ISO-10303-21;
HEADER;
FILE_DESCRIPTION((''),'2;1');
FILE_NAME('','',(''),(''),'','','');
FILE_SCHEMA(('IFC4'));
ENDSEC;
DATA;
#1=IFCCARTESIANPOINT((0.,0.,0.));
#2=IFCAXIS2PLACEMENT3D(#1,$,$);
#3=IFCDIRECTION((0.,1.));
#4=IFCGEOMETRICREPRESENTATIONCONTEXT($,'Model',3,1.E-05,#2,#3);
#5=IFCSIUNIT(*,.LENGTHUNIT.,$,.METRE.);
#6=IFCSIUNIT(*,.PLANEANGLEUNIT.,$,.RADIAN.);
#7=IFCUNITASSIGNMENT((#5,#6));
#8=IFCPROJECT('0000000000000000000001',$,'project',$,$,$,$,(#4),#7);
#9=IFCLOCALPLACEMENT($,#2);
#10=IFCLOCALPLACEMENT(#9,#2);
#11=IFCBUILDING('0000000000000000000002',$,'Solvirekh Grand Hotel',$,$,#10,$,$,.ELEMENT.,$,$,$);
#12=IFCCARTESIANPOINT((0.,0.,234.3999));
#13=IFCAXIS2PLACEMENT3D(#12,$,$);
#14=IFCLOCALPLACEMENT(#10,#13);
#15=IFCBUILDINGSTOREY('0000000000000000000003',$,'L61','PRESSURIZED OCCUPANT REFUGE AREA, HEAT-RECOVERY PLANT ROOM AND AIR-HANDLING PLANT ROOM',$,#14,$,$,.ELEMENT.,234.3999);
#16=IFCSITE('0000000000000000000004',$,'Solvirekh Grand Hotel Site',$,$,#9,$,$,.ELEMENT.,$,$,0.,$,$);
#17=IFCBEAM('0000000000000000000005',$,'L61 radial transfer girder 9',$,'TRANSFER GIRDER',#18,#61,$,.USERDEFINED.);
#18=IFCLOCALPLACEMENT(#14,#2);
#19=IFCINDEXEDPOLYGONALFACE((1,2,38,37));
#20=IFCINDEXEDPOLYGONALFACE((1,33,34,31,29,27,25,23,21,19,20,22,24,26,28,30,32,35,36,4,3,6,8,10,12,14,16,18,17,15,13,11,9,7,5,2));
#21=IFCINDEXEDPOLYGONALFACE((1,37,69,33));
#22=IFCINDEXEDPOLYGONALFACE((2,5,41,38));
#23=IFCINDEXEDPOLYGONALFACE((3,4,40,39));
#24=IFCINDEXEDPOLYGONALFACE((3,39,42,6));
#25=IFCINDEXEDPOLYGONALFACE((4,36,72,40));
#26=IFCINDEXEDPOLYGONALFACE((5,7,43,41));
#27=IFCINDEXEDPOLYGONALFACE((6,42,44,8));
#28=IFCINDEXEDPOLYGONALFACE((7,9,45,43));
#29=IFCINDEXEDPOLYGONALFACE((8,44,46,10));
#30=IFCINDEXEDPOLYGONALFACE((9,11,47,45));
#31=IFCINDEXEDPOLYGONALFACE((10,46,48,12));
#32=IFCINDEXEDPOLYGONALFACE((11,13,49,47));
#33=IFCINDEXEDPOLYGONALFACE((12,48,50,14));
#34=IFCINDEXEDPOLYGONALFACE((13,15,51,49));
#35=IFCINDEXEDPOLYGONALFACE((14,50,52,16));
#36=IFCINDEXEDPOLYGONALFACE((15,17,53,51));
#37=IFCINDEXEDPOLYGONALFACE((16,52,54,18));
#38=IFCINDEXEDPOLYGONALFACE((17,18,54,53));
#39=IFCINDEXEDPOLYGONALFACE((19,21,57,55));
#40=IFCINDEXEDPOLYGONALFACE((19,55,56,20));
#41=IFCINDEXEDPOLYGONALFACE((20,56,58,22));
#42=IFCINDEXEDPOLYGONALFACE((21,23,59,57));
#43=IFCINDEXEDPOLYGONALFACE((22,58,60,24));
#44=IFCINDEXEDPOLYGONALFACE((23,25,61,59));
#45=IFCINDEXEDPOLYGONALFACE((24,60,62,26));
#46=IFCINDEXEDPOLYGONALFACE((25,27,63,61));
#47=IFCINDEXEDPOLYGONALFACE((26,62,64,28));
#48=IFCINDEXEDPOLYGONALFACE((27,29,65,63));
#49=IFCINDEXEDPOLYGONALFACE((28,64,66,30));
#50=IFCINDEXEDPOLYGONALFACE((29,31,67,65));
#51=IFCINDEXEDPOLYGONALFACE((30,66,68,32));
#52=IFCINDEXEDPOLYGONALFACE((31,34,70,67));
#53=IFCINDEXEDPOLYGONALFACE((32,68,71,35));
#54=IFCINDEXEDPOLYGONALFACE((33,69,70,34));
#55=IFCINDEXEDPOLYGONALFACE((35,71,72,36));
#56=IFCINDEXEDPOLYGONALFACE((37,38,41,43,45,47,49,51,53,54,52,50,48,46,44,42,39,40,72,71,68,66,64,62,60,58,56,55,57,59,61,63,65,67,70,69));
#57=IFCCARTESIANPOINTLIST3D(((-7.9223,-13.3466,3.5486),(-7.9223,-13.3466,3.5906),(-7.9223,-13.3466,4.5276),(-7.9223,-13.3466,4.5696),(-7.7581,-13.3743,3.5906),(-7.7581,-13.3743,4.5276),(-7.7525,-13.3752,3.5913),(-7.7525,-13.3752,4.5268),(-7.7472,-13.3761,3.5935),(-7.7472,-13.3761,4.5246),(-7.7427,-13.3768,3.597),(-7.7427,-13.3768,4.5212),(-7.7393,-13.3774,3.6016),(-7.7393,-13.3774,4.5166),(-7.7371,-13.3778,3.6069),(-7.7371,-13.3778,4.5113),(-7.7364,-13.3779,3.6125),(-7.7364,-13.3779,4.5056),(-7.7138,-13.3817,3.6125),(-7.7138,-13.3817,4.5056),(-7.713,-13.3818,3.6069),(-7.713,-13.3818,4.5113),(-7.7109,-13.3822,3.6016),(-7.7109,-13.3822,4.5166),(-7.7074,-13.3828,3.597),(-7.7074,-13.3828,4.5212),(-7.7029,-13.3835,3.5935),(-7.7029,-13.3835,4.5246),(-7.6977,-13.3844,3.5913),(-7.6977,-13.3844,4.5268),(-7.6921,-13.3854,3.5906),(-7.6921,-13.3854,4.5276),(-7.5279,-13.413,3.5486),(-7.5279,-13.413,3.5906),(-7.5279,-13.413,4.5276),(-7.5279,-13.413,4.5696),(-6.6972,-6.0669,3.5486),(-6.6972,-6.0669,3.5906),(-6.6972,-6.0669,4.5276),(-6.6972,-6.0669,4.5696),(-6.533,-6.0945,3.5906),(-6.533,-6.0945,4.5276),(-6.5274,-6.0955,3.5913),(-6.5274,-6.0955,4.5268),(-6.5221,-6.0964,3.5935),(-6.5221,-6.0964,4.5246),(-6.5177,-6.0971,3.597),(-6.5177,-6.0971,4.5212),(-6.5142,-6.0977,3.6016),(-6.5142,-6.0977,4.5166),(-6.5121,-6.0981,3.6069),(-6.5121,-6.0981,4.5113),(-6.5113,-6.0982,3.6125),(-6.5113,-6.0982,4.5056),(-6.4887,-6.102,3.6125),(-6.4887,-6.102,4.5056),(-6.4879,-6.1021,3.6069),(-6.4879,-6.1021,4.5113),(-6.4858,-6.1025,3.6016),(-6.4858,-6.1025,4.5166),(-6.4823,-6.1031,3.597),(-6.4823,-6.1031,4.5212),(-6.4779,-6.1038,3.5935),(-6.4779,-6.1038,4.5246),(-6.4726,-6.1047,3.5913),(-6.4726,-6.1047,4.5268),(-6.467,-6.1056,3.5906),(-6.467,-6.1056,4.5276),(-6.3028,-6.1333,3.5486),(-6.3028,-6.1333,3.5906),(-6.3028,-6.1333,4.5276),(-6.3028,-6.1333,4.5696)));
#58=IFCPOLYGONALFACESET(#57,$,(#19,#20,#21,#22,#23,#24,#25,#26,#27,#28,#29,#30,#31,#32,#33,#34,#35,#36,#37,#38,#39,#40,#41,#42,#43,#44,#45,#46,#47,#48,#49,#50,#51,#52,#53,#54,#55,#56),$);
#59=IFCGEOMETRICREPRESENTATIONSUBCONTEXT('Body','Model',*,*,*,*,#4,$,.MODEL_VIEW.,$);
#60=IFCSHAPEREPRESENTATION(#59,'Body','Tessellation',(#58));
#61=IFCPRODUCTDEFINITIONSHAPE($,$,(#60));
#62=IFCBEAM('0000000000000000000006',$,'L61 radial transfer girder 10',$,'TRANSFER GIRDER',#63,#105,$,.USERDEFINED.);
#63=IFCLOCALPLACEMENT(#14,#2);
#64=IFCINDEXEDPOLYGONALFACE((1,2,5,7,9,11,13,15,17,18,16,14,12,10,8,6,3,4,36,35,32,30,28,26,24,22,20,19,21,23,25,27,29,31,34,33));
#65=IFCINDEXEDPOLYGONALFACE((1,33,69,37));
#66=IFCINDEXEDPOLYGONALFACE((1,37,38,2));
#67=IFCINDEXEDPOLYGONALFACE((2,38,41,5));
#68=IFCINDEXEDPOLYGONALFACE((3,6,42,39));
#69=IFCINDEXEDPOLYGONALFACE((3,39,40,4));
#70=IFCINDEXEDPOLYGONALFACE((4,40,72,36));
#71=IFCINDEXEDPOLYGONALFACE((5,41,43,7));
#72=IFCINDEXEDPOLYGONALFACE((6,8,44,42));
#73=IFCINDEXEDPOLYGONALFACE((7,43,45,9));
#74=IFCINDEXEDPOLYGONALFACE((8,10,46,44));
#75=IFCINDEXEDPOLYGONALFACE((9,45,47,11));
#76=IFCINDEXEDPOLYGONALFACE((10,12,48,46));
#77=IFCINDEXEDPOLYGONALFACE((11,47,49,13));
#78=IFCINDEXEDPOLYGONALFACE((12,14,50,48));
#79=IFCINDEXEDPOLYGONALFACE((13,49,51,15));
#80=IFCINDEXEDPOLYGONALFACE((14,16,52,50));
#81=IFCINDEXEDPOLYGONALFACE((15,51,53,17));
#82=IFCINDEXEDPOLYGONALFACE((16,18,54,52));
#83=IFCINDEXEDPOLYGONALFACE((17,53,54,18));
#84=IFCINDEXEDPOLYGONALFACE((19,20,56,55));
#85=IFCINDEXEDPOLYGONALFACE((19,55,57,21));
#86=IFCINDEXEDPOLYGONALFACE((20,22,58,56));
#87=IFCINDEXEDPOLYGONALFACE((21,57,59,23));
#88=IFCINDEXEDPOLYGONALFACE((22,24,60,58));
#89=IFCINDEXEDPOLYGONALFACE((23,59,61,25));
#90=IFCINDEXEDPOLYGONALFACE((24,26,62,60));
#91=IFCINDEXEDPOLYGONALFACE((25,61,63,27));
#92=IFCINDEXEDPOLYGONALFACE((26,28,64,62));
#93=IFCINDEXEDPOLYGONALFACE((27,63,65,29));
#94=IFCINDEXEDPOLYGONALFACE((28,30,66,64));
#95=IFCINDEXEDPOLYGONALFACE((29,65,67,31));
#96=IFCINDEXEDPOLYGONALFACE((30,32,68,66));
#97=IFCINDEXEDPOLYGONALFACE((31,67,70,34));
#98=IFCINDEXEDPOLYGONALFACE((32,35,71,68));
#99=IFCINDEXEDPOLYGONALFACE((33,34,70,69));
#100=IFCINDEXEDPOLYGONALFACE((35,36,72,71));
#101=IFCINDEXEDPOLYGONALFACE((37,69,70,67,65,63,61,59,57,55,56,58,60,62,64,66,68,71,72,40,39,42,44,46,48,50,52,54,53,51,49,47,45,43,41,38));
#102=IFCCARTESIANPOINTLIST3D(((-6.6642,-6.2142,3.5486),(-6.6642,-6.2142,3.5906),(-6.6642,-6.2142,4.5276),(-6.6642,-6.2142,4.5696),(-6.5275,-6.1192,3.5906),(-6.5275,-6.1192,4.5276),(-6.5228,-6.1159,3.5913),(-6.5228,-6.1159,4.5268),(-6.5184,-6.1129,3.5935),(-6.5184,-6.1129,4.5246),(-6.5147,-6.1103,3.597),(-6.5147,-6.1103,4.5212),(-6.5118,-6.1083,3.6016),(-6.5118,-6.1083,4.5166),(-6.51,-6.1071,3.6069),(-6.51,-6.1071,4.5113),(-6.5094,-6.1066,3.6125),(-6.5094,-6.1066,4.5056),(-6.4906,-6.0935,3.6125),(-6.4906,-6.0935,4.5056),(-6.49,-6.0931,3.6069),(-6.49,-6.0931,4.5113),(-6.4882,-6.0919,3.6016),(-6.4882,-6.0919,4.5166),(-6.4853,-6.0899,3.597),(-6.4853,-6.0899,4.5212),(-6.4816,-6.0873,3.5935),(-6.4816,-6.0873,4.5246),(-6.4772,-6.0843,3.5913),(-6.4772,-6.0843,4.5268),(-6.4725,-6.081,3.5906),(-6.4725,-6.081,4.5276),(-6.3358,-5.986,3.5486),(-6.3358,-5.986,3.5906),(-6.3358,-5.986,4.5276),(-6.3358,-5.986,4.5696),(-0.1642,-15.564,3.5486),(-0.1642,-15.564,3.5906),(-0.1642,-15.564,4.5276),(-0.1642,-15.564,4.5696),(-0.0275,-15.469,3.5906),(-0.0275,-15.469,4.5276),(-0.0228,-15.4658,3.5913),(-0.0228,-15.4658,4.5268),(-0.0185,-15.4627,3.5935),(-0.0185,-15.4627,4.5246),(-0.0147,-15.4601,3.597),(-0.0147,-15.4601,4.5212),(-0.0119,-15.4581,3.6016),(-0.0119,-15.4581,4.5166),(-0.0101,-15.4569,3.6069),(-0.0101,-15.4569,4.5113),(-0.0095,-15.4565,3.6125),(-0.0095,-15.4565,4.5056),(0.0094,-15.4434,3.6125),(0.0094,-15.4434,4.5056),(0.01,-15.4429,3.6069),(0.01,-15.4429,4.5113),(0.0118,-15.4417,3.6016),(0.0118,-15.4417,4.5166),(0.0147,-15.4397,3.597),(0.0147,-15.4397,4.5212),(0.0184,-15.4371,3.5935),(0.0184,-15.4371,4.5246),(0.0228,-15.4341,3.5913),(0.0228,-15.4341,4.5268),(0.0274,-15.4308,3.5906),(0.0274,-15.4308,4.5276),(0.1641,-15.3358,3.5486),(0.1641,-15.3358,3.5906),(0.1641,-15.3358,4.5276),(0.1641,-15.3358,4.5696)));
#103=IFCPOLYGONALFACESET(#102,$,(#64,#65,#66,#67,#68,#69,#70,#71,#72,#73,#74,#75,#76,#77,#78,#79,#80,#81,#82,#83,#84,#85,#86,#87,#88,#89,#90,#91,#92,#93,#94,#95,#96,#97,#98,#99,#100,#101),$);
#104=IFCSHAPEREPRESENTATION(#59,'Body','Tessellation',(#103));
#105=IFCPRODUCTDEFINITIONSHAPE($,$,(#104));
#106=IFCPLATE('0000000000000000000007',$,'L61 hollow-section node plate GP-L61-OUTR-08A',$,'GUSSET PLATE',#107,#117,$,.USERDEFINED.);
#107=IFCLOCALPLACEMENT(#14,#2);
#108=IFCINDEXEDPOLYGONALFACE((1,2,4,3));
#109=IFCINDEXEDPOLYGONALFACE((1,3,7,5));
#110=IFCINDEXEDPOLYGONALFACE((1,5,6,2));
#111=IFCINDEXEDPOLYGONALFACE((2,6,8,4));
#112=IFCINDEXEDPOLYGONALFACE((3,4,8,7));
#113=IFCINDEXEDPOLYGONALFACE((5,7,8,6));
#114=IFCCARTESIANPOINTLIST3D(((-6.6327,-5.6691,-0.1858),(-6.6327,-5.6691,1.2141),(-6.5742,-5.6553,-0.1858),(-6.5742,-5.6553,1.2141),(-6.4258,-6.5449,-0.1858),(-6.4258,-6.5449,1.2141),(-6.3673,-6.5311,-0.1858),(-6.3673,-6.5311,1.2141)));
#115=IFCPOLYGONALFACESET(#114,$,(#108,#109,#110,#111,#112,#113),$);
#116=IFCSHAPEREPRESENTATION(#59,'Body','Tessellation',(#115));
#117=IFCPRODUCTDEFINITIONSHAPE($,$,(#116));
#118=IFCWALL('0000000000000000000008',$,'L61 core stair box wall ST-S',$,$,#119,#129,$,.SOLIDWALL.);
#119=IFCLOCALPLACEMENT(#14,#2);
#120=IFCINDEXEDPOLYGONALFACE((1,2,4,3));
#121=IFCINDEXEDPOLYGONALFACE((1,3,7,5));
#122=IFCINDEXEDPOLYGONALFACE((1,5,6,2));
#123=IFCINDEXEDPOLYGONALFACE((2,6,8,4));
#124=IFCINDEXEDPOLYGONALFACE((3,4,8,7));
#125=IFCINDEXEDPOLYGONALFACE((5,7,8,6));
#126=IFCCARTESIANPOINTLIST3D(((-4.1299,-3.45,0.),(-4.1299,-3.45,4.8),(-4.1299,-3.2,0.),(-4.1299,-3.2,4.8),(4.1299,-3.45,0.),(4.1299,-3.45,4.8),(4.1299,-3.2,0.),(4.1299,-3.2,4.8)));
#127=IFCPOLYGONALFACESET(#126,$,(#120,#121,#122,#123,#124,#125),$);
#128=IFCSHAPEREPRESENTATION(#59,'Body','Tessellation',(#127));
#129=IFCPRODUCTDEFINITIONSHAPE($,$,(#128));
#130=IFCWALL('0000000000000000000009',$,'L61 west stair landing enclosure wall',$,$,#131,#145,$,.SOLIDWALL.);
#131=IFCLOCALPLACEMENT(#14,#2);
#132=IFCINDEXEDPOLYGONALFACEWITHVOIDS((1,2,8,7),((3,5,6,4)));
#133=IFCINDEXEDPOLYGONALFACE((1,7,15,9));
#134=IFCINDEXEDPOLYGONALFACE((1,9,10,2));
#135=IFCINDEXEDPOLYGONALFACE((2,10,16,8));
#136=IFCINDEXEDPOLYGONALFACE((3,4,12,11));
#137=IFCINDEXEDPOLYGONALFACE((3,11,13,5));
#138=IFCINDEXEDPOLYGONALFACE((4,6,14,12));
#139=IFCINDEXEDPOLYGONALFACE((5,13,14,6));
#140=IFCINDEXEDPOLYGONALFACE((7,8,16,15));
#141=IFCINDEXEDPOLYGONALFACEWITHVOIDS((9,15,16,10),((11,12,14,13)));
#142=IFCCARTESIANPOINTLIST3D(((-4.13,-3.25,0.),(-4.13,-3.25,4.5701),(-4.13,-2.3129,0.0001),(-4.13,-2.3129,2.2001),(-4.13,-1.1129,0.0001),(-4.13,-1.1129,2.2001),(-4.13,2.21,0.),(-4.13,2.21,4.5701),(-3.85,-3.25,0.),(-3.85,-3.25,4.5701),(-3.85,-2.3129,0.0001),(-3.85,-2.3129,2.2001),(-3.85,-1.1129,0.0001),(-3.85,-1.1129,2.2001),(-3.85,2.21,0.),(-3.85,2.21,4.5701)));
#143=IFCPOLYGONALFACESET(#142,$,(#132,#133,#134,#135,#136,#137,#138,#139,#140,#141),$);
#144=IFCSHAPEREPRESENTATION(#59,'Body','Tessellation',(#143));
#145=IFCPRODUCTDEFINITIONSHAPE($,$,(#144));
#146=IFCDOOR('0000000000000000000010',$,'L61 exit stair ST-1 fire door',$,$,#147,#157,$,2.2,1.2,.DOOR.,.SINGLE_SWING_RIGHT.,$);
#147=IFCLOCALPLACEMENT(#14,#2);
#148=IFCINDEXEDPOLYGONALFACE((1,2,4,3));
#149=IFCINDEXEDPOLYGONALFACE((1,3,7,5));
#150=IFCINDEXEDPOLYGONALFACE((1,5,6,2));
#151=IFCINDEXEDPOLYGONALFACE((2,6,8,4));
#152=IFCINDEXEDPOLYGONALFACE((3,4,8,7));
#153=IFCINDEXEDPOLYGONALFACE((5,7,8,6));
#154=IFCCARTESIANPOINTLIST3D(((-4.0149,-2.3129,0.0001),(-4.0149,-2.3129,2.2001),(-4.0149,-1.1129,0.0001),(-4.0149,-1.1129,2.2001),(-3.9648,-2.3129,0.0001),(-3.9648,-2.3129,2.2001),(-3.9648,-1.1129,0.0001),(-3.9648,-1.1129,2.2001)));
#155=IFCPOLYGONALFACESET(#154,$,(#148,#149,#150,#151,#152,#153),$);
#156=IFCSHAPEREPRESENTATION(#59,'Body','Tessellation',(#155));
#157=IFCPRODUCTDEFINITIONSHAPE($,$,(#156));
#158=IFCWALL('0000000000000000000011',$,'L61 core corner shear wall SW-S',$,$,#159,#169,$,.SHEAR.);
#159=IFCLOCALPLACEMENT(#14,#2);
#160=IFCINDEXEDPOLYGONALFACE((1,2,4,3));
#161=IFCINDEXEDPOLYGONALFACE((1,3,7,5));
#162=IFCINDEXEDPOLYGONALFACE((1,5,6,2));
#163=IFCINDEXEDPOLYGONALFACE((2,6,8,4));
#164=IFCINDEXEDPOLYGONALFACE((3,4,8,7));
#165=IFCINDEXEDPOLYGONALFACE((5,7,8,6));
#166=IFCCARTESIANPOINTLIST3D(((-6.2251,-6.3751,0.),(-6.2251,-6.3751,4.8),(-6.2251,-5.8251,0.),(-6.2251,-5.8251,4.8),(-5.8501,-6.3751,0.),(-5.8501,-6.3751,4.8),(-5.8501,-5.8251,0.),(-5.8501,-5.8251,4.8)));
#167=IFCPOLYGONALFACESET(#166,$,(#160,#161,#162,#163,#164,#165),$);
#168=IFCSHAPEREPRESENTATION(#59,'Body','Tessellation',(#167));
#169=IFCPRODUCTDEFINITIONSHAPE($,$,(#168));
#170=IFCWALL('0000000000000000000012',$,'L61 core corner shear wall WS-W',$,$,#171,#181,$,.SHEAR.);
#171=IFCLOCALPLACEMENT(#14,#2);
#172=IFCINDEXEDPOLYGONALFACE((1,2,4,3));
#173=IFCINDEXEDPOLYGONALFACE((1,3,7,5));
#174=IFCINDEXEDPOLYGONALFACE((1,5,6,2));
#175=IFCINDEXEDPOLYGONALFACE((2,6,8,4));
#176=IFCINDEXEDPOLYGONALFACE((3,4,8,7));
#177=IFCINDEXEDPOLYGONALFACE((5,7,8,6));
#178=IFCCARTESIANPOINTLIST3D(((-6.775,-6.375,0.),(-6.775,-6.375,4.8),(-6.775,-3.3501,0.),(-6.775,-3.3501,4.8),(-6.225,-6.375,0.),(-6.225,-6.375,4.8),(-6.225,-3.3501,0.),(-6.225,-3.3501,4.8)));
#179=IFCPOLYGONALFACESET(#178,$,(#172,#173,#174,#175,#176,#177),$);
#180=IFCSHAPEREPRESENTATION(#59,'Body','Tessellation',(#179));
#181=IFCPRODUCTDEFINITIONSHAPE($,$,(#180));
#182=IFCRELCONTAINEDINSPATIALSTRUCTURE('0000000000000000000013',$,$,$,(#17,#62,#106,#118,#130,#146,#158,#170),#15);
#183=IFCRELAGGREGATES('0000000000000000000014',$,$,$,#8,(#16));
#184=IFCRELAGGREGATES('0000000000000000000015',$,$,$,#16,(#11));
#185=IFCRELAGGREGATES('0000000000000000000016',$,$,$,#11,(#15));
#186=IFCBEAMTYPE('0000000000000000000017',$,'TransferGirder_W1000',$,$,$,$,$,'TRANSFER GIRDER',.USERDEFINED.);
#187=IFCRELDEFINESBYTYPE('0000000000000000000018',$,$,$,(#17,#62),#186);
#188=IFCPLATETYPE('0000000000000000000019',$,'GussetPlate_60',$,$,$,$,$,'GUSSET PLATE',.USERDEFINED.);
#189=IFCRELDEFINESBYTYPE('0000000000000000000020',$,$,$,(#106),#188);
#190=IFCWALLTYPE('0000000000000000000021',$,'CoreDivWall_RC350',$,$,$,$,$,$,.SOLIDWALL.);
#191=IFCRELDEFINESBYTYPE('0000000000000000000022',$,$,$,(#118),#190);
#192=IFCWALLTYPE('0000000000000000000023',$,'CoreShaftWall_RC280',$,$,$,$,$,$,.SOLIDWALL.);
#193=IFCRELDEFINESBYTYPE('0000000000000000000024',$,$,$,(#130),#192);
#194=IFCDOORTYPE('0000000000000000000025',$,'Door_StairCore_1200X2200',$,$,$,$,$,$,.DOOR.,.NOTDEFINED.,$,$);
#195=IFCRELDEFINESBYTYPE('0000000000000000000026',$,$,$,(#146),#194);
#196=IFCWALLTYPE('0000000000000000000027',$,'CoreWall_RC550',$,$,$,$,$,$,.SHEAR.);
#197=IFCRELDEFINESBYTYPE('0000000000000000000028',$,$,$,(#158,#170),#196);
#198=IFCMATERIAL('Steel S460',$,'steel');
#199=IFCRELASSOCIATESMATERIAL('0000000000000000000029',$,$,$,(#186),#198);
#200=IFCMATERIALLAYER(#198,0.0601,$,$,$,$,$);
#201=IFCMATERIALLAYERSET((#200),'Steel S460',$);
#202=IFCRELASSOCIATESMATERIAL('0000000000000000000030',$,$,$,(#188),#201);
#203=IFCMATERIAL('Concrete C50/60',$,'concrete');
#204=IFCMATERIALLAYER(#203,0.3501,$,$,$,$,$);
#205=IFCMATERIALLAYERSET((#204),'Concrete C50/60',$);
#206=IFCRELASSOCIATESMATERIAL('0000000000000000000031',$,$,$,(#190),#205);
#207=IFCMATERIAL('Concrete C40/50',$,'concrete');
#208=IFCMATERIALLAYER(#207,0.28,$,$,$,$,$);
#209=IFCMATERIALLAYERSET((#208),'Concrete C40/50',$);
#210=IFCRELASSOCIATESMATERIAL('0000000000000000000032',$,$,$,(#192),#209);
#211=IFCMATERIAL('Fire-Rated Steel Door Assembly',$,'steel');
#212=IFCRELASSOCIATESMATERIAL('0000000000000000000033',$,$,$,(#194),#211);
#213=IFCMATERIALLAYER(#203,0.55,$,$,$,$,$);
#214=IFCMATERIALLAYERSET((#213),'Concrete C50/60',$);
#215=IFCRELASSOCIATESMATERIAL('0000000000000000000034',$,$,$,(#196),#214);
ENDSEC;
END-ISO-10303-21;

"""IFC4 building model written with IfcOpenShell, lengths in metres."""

from ifc_helpers import new_model, si_unit, direction, frame, frame_2d, origin, origin_2d, place, context, subcontext, project, spatial, rectangle, i_section, extrude, material, layer, layer_set, material_profile, profile_set, type_object, element, fill, save


model = new_model("IFC4")

# Units and contexts
model_context = context("Model", 3, precision=1e-05, world=origin(), true_north=direction((0.0, 1.0)))
body_context = subcontext(model_context, "Body", "Model", "MODEL_VIEW")
ifc_project = project(units=[si_unit("LENGTHUNIT", "METRE"), si_unit("PLANEANGLEUNIT", "RADIAN")], contexts=[model_context])

# Site, building, storey
site_placement = place(None, origin())
site = spatial("IfcSite", under=ifc_project, at=site_placement, Name="Solvirekh Grand Hotel Site", CompositionType="ELEMENT", RefElevation=0.0)
building_placement = place(site_placement, origin())
building = spatial("IfcBuilding", under=site, at=building_placement, Name="Solvirekh Grand Hotel", CompositionType="ELEMENT")
storey_placement = place(building_placement, frame((0.0, 0.0, 234.3999)))
storey = spatial("IfcBuildingStorey", under=building, at=storey_placement, Name="L61", Description="PRESSURIZED OCCUPANT REFUGE AREA, HEAT-RECOVERY PLANT ROOM AND AIR-HANDLING PLANT ROOM", CompositionType="ELEMENT", Elevation=234.3999)

# Shared definitions
ifc_material_1 = material(Name="Concrete C50/60", Category="concrete")

# Shared definitions
ifc_material_2 = material(Name="Steel S460", Category="steel")

# Beams
ifc_material_profile_1 = material_profile(ifc_material_2, i_section(OverallWidth=0.3999, OverallDepth=1.021, WebThickness=0.0229, FlangeThickness=0.042, FilletRadius=0.022, at=origin_2d()), Name="W1000X412")
ifc_profile_set_1 = profile_set([ifc_material_profile_1], Name="Steel S460")
beam_type_1 = type_object("IfcBeamType", Name="TransferGirder_W1000", ElementType="TRANSFER GIRDER", PredefinedType="USERDEFINED", material=ifc_profile_set_1)
beam_1_placement = place(storey_placement, frame((-6.5, -6.1001, 4.0591), z_axis=(-0.165954, -0.986133, 0.0), x_axis=(0.986133, -0.165954, 0.0)))
element("IfcBeam", 1, at=beam_1_placement, inside=storey, type_object=beam_type_1, Name="L61 radial transfer girder 9", ObjectType="TRANSFER GIRDER", PredefinedType="USERDEFINED", context=body_context, shape_type="SweptSolid", body=[
    extrude(i_section(OverallWidth=0.3999, OverallDepth=1.021, WebThickness=0.0229, FlangeThickness=0.042, FilletRadius=0.022, at=origin_2d()), origin(), (0.0, 0.0, 1.0), 7.3821),
])
beam_2_placement = place(storey_placement, frame((-6.5, -6.1001, 4.0591), z_axis=(0.570813, -0.82108, 0.0), x_axis=(0.82108, 0.570813, 0.0)))
element("IfcBeam", 2, at=beam_2_placement, inside=storey, type_object=beam_type_1, Name="L61 radial transfer girder 10", ObjectType="TRANSFER GIRDER", PredefinedType="USERDEFINED", context=body_context, shape_type="SweptSolid", body=[
    extrude(i_section(OverallWidth=0.3999, OverallDepth=1.021, WebThickness=0.0229, FlangeThickness=0.042, FilletRadius=0.022, at=origin_2d()), origin(), (0.0, 0.0, 1.0), 11.3872),
])

# Plate
ifc_layer_1 = layer(ifc_material_2, 0.0601)
ifc_layer_set_1 = layer_set([ifc_layer_1], Name="Steel S460")
plate_type = type_object("IfcPlateType", Name="GussetPlate_60", ElementType="GUSSET PLATE", PredefinedType="USERDEFINED", material=ifc_layer_set_1)
plate_placement = place(storey_placement, frame((-6.5, -6.1001, -0.1858), z_axis=(0.0, 0.0, 1.0), x_axis=(-0.973219, -0.22988, 0.0)))
element("IfcPlate", 3, at=plate_placement, inside=storey, type_object=plate_type, Name="L61 hollow-section node plate GP-L61-OUTR-08A", ObjectType="GUSSET PLATE", PredefinedType="USERDEFINED", context=body_context, shape_type="SweptSolid", body=[
    extrude(rectangle(XDim=0.0601, YDim=0.8999, at=origin_2d()), origin(), (0.0, 0.0, 1.0), 1.3999),
])

# Wall
ifc_layer_2 = layer(ifc_material_1, 0.3501)
ifc_layer_set_2 = layer_set([ifc_layer_2], Name="Concrete C50/60")
wall_type_1 = type_object("IfcWallType", Name="CoreDivWall_RC350", PredefinedType="SOLIDWALL", material=ifc_layer_set_2)
wall_1_placement = place(storey_placement, frame((-4.1299, -3.325, 0.0), z_axis=(0.0, 0.0, 1.0), x_axis=(1.0, 0.0, 0.0)))
element("IfcWall", 4, at=wall_1_placement, inside=storey, type_object=wall_type_1, Name="L61 core stair box wall ST-S", PredefinedType="SOLIDWALL", context=body_context, shape_type="SweptSolid", body=[
    extrude(rectangle(XDim=8.2598, YDim=0.25, at=frame_2d((4.1299, 0.0))), origin(), (0.0, 0.0, 1.0), 4.8),
])

# Wall, opening, door
ifc_material_3 = material(Name="Concrete C40/50", Category="concrete")
ifc_layer_3 = layer(ifc_material_3, 0.28)
ifc_layer_set_3 = layer_set([ifc_layer_3], Name="Concrete C40/50")
wall_type_2 = type_object("IfcWallType", Name="CoreShaftWall_RC280", PredefinedType="SOLIDWALL", material=ifc_layer_set_3)
wall_2_placement = place(storey_placement, frame((-3.99, -3.25, 0.0), z_axis=(0.0, 0.0, 1.0), x_axis=(0.0, 1.0, 0.0)))
wall_2 = element("IfcWall", 5, at=wall_2_placement, inside=storey, type_object=wall_type_2, Name="L61 west stair landing enclosure wall", PredefinedType="SOLIDWALL", context=body_context, shape_type="SweptSolid", body=[
    extrude(rectangle(XDim=5.46, YDim=0.28, at=frame_2d((2.73, 0.0))), origin(), (0.0, 0.0, 1.0), 4.5701),
])
opening_1_placement = place(wall_2_placement, frame((0.937, 0.0, 0.0)))
opening_1 = element("IfcOpeningElement", 6, at=opening_1_placement, cuts=wall_2, PredefinedType="OPENING", context=body_context, shape_type="SweptSolid", body=[
    extrude(rectangle(XDim=1.2, YDim=2.2, at=frame_2d((0.6001, 1.1001))), frame((0.0, 0.1499, 0.0), z_axis=(0.0, -1.0, 0.0), x_axis=(1.0, 0.0, 0.0)), (0.0, 0.0, 1.0), 0.3),
])
ifc_material_4 = material(Name="Fire-Rated Steel Door Assembly", Category="steel")
door_type_1 = type_object("IfcDoorType", Name="Door_StairCore_1200X2200", OperationType="NOTDEFINED", PredefinedType="DOOR", material=ifc_material_4)
door_1_placement = place(opening_1_placement, origin())
door_1 = element("IfcDoor", 7, at=door_1_placement, inside=storey, type_object=door_type_1, Name="L61 exit stair ST-1 fire door", OperationType="SINGLE_SWING_RIGHT", OverallHeight=2.2, OverallWidth=1.2, PredefinedType="DOOR", context=body_context, shape_type="SweptSolid", body=[
    extrude(rectangle(XDim=1.2, YDim=2.2, at=frame_2d((0.6001, 1.1001))), frame((0.0, 0.0249, 0.0), z_axis=(0.0, -1.0, 0.0), x_axis=(1.0, 0.0, 0.0)), (0.0, 0.0, 1.0), 0.05),
])
fill(opening_1, door_1)

# Walls
ifc_layer_4 = layer(ifc_material_1, 0.55)
ifc_layer_set_4 = layer_set([ifc_layer_4], Name="Concrete C50/60")
wall_type_3 = type_object("IfcWallType", Name="CoreWall_RC550", PredefinedType="SHEAR", material=ifc_layer_set_4)
wall_3_placement = place(storey_placement, frame((-6.2251, -6.1001, 0.0), z_axis=(0.0, 0.0, 1.0), x_axis=(1.0, 0.0, 0.0)))
element("IfcWall", 8, at=wall_3_placement, inside=storey, type_object=wall_type_3, Name="L61 core corner shear wall SW-S", PredefinedType="SHEAR", context=body_context, shape_type="SweptSolid", body=[
    extrude(rectangle(XDim=0.375, YDim=0.55, at=frame_2d((0.1875, 0.0))), origin(), (0.0, 0.0, 1.0), 4.8),
])
wall_4_placement = place(storey_placement, frame((-6.5, -6.375, 0.0), z_axis=(0.0, 0.0, 1.0), x_axis=(0.0, 1.0, 0.0)))
element("IfcWall", 9, at=wall_4_placement, inside=storey, type_object=wall_type_3, Name="L61 core corner shear wall WS-W", PredefinedType="SHEAR", context=body_context, shape_type="SweptSolid", body=[
    extrude(rectangle(XDim=3.0249, YDim=0.55, at=frame_2d((1.5125, 0.0))), origin(), (0.0, 0.0, 1.0), 4.8),
])

save(model, "model.ifc")
